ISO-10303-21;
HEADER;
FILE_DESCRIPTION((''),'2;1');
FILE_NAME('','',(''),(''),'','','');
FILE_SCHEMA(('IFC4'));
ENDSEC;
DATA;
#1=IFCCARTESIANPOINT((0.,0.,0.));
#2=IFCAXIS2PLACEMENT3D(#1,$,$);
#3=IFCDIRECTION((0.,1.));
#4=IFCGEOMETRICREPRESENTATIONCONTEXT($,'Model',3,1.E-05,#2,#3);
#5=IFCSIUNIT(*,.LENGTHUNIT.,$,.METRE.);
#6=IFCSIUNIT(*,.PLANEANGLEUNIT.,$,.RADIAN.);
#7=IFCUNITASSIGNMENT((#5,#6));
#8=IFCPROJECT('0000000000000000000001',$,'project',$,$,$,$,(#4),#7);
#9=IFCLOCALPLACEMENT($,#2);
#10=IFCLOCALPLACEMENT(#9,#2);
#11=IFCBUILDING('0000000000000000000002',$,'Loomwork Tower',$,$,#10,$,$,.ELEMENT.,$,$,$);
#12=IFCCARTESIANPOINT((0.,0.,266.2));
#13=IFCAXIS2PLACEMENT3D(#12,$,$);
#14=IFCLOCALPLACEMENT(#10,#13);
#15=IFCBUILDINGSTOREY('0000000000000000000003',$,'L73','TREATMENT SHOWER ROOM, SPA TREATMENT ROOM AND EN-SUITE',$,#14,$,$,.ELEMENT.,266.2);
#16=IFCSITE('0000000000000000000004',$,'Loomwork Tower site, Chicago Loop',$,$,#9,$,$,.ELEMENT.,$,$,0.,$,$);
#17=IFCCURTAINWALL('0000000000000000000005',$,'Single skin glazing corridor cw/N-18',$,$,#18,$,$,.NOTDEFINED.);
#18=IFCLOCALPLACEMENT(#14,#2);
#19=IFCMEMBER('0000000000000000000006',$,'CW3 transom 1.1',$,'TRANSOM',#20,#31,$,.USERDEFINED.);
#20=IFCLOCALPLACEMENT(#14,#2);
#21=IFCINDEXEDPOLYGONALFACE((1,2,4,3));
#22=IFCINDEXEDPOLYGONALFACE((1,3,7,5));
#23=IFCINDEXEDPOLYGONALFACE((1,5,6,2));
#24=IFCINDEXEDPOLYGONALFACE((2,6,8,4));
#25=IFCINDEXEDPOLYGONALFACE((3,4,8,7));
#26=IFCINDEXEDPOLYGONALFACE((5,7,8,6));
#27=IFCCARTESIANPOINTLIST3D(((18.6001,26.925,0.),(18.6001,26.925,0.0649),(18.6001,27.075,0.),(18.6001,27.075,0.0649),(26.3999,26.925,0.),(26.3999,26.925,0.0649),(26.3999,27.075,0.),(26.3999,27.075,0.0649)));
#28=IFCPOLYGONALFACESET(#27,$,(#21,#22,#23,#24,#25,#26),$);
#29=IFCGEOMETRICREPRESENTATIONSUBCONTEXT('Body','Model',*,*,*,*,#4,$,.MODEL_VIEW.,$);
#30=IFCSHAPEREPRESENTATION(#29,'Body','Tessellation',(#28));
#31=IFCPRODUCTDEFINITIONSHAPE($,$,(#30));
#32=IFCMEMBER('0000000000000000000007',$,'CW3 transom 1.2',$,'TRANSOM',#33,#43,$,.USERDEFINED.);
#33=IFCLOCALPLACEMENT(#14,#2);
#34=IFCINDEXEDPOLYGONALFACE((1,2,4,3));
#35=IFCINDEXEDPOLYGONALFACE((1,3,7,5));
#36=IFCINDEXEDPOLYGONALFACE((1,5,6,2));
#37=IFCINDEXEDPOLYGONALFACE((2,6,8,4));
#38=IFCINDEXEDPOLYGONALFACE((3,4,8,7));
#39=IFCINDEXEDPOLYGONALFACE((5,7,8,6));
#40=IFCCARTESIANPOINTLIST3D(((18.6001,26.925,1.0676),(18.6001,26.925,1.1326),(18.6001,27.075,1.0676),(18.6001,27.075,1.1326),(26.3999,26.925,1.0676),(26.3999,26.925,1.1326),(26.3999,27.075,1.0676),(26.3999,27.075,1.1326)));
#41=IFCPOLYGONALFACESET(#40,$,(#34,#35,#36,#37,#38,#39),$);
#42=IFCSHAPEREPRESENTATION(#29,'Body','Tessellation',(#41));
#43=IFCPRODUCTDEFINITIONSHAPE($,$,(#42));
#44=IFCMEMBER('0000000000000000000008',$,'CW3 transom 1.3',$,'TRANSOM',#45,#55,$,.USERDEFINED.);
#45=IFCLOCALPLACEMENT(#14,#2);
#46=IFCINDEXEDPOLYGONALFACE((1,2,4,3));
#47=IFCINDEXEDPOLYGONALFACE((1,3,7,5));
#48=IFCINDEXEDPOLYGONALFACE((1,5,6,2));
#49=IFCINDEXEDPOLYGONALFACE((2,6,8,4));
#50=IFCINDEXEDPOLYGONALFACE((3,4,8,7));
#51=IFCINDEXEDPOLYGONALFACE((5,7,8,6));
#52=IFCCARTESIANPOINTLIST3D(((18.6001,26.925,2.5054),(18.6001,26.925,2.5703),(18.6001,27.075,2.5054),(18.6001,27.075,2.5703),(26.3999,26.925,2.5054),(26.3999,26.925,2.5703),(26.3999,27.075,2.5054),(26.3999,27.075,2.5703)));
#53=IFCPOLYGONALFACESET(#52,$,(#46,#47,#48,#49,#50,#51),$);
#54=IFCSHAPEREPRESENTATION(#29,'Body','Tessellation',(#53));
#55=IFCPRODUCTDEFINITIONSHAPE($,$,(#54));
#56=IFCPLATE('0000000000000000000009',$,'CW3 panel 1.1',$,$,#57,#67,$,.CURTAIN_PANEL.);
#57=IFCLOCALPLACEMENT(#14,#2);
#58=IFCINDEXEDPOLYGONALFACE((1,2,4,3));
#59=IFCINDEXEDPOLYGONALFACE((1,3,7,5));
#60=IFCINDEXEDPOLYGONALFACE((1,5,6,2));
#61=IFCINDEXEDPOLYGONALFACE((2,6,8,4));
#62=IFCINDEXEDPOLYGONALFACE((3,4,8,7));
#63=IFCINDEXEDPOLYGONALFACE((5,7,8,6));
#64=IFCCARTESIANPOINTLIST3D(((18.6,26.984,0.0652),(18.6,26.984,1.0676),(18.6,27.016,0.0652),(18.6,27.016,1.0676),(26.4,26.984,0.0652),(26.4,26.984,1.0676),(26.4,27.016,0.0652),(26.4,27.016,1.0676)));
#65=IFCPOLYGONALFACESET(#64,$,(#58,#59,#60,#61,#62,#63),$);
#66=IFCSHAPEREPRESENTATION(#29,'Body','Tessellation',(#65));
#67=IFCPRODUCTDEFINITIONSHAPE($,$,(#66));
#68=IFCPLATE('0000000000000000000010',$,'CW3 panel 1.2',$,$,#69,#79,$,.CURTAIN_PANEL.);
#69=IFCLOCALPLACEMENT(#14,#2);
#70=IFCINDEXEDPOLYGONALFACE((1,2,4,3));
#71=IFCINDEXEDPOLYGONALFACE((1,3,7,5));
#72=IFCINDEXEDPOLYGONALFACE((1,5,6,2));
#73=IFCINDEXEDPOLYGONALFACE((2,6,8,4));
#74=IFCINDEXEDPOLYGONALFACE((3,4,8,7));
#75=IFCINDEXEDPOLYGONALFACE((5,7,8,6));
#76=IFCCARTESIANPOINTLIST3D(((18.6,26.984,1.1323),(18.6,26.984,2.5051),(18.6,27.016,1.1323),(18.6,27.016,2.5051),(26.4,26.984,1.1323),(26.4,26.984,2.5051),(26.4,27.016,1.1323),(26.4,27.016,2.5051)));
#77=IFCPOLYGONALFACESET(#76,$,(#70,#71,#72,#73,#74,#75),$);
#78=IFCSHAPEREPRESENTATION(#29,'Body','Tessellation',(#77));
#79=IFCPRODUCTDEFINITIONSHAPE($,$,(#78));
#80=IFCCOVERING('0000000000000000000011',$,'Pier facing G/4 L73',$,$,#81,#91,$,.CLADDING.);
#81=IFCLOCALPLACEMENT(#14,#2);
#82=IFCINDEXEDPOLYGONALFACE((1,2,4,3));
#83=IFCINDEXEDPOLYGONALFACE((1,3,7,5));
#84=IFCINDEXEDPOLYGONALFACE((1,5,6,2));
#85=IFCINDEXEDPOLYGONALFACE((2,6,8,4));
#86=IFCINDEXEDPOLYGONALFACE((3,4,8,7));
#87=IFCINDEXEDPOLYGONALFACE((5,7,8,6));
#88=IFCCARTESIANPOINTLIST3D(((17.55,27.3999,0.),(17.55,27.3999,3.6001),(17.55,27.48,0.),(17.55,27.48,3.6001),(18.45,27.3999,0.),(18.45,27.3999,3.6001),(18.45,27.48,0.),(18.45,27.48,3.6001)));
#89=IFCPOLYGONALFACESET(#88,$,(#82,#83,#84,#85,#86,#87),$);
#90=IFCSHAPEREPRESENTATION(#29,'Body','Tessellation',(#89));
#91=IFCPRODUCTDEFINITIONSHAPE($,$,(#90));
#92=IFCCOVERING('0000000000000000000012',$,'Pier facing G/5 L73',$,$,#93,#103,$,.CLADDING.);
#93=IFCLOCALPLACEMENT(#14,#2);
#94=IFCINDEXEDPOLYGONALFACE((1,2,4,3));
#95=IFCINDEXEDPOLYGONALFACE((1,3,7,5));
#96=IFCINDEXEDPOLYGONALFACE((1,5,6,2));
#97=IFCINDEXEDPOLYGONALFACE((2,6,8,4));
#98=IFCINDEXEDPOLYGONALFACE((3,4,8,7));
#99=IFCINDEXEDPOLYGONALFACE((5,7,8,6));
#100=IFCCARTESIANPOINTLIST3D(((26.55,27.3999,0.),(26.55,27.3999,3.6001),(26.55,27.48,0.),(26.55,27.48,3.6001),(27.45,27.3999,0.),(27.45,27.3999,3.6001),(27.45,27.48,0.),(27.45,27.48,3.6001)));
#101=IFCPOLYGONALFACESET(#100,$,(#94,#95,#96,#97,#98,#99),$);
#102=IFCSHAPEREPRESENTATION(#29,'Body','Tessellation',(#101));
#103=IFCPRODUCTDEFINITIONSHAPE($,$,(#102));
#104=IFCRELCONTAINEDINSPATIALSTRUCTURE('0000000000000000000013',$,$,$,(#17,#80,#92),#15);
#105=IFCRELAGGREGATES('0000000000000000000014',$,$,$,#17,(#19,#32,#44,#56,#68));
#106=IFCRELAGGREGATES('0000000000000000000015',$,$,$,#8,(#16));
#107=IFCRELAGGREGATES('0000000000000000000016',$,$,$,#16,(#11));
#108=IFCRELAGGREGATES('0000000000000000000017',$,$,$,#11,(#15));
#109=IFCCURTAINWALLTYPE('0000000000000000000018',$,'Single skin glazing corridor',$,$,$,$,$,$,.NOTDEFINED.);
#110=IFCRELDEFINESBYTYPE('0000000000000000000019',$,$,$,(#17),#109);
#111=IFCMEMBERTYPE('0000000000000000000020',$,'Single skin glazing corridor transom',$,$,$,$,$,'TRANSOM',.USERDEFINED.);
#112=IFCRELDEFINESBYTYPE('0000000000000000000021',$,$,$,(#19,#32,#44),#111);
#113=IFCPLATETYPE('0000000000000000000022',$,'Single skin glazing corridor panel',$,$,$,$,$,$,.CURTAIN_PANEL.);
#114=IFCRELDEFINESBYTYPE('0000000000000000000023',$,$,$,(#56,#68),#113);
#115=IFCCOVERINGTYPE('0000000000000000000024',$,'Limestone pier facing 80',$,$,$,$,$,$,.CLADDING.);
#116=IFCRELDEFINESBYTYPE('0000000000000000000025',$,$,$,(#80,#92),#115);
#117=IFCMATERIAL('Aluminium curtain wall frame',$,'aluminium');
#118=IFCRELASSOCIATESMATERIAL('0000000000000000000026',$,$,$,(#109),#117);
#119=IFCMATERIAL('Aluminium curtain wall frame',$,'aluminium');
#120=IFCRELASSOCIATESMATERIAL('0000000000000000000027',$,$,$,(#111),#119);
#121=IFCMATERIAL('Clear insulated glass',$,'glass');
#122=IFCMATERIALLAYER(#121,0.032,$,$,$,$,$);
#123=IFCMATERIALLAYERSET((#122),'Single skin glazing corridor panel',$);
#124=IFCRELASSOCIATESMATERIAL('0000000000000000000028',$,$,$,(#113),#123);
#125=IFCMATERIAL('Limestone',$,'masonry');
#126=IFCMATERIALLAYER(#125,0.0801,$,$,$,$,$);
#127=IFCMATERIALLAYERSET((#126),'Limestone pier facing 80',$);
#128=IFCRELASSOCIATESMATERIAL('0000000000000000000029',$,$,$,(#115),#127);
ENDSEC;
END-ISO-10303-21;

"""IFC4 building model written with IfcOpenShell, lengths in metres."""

from ifc_helpers import new_model, si_unit, direction, frame, origin, origin_2d, place, context, subcontext, project, spatial, rectangle, extrude, material, layer, layer_set, material_profile, profile_set, type_object, element, aggregate, save


model = new_model("IFC4")

# Units and contexts
model_context = context("Model", 3, precision=1e-05, world=origin(), true_north=direction((0.0, 1.0)))
body_context = subcontext(model_context, "Body", "Model", "MODEL_VIEW")
ifc_project = project(units=[si_unit("LENGTHUNIT", "METRE"), si_unit("PLANEANGLEUNIT", "RADIAN")], contexts=[model_context])

# Site, building, storey
site_placement = place(None, origin())
site = spatial("IfcSite", under=ifc_project, at=site_placement, Name="Loomwork Tower site, Chicago Loop", CompositionType="ELEMENT", RefElevation=0.0)
building_placement = place(site_placement, origin())
building = spatial("IfcBuilding", under=site, at=building_placement, Name="Loomwork Tower", CompositionType="ELEMENT")
storey_placement = place(building_placement, frame((0.0, 0.0, 266.2)))
storey = spatial("IfcBuildingStorey", under=building, at=storey_placement, Name="L73", Description="TREATMENT SHOWER ROOM, SPA TREATMENT ROOM AND EN-SUITE", CompositionType="ELEMENT", Elevation=266.2)

# Shared definitions
ifc_material_1 = material(Name="Aluminium curtain wall frame", Category="aluminium")
curtain_wall_type = type_object("IfcCurtainWallType", Name="Single skin glazing corridor", PredefinedType="NOTDEFINED", material=ifc_material_1)

# Curtain wall
curtain_wall_1_placement = place(storey_placement, origin())
curtain_wall_1 = element("IfcCurtainWall", 1, at=curtain_wall_1_placement, inside=storey, type_object=curtain_wall_type, Name="Single skin glazing corridor cw/N-18", PredefinedType="NOTDEFINED")

# Members
ifc_material_2 = material(Name="Aluminium curtain wall frame", Category="aluminium")
ifc_material_profile_1 = material_profile(ifc_material_2, rectangle(XDim=0.1499, YDim=0.0649, at=origin_2d()), Name="AL 65x150")
ifc_profile_set_1 = profile_set([ifc_material_profile_1], Name="Aluminium curtain wall frame")
member_type_1 = type_object("IfcMemberType", Name="Single skin glazing corridor transom", ElementType="TRANSOM", PredefinedType="USERDEFINED", material=ifc_profile_set_1)
member_1_placement = place(storey_placement, frame((26.3999, 27.0, 0.0325), z_axis=(-1.0, 0.0, 0.0), x_axis=(0.0, -1.0, 0.0)))
member_1 = element("IfcMember", 2, at=member_1_placement, type_object=member_type_1, Name="CW3 transom 1.1", ObjectType="TRANSOM", PredefinedType="USERDEFINED", context=body_context, shape_type="SweptSolid", body=[
    extrude(rectangle(XDim=0.1499, YDim=0.0649, at=origin_2d()), origin(), (0.0, 0.0, 1.0), 7.7998),
])
member_2_placement = place(storey_placement, frame((26.3999, 27.0, 1.1001), z_axis=(-1.0, 0.0, 0.0), x_axis=(0.0, -1.0, 0.0)))
member_2 = element("IfcMember", 3, at=member_2_placement, type_object=member_type_1, Name="CW3 transom 1.2", ObjectType="TRANSOM", PredefinedType="USERDEFINED", context=body_context, shape_type="SweptSolid", body=[
    extrude(rectangle(XDim=0.1499, YDim=0.0649, at=origin_2d()), origin(), (0.0, 0.0, 1.0), 7.7998),
])
member_3_placement = place(storey_placement, frame((26.3999, 27.0, 2.5378), z_axis=(-1.0, 0.0, 0.0), x_axis=(0.0, -1.0, 0.0)))
member_3 = element("IfcMember", 4, at=member_3_placement, type_object=member_type_1, Name="CW3 transom 1.3", ObjectType="TRANSOM", PredefinedType="USERDEFINED", context=body_context, shape_type="SweptSolid", body=[
    extrude(rectangle(XDim=0.1499, YDim=0.0649, at=origin_2d()), origin(), (0.0, 0.0, 1.0), 7.7998),
])

# Plates
ifc_material_3 = material(Name="Clear insulated glass", Category="glass")
ifc_layer_1 = layer(ifc_material_3, 0.032)
ifc_layer_set_1 = layer_set([ifc_layer_1], Name="Single skin glazing corridor panel")
plate_type = type_object("IfcPlateType", Name="Single skin glazing corridor panel", PredefinedType="CURTAIN_PANEL", material=ifc_layer_set_1)
plate_1_placement = place(storey_placement, frame((22.5, 27.0, 0.0652), z_axis=(0.0, 0.0, 1.0), x_axis=(-1.0, 0.0, 0.0)))
plate_1 = element("IfcPlate", 5, at=plate_1_placement, type_object=plate_type, Name="CW3 panel 1.1", PredefinedType="CURTAIN_PANEL", context=body_context, shape_type="SweptSolid", body=[
    extrude(rectangle(XDim=7.8, YDim=0.032, at=origin_2d()), origin(), (0.0, 0.0, 1.0), 1.0024),
])
plate_2_placement = place(storey_placement, frame((22.5, 27.0, 1.1323), z_axis=(0.0, 0.0, 1.0), x_axis=(-1.0, 0.0, 0.0)))
plate_2 = element("IfcPlate", 6, at=plate_2_placement, type_object=plate_type, Name="CW3 panel 1.2", PredefinedType="CURTAIN_PANEL", context=body_context, shape_type="SweptSolid", body=[
    extrude(rectangle(XDim=7.8, YDim=0.032, at=origin_2d()), origin(), (0.0, 0.0, 1.0), 1.3728),
])
aggregate(curtain_wall_1, [member_1, member_2, member_3, plate_1, plate_2])

# Coverings
ifc_material_4 = material(Name="Limestone", Category="masonry")
ifc_layer_2 = layer(ifc_material_4, 0.0801)
ifc_layer_set_2 = layer_set([ifc_layer_2], Name="Limestone pier facing 80")
covering_type = type_object("IfcCoveringType", Name="Limestone pier facing 80", PredefinedType="CLADDING", material=ifc_layer_set_2)
for number, where, z_axis, x_axis, name in (
    (7, (18.0, 27.4399, 0.0), (0.0, 0.0, 1.0), (1.0, 0.0, 0.0), "Pier facing G/4 L73"),
    (8, (27.0, 27.4399, 0.0), (0.0, 0.0, 1.0), (1.0, 0.0, 0.0), "Pier facing G/5 L73"),
):
    element("IfcCovering", number, at=place(storey_placement, frame(where, z_axis=z_axis, x_axis=x_axis)), inside=storey, type_object=covering_type, Name=name, PredefinedType="CLADDING", context=body_context, shape_type="SweptSolid", body=[
        extrude(rectangle(XDim=0.8999, YDim=0.0801, at=origin_2d()), origin(), (0.0, 0.0, 1.0), 3.6001),
    ])

save(model, "model.ifc")
